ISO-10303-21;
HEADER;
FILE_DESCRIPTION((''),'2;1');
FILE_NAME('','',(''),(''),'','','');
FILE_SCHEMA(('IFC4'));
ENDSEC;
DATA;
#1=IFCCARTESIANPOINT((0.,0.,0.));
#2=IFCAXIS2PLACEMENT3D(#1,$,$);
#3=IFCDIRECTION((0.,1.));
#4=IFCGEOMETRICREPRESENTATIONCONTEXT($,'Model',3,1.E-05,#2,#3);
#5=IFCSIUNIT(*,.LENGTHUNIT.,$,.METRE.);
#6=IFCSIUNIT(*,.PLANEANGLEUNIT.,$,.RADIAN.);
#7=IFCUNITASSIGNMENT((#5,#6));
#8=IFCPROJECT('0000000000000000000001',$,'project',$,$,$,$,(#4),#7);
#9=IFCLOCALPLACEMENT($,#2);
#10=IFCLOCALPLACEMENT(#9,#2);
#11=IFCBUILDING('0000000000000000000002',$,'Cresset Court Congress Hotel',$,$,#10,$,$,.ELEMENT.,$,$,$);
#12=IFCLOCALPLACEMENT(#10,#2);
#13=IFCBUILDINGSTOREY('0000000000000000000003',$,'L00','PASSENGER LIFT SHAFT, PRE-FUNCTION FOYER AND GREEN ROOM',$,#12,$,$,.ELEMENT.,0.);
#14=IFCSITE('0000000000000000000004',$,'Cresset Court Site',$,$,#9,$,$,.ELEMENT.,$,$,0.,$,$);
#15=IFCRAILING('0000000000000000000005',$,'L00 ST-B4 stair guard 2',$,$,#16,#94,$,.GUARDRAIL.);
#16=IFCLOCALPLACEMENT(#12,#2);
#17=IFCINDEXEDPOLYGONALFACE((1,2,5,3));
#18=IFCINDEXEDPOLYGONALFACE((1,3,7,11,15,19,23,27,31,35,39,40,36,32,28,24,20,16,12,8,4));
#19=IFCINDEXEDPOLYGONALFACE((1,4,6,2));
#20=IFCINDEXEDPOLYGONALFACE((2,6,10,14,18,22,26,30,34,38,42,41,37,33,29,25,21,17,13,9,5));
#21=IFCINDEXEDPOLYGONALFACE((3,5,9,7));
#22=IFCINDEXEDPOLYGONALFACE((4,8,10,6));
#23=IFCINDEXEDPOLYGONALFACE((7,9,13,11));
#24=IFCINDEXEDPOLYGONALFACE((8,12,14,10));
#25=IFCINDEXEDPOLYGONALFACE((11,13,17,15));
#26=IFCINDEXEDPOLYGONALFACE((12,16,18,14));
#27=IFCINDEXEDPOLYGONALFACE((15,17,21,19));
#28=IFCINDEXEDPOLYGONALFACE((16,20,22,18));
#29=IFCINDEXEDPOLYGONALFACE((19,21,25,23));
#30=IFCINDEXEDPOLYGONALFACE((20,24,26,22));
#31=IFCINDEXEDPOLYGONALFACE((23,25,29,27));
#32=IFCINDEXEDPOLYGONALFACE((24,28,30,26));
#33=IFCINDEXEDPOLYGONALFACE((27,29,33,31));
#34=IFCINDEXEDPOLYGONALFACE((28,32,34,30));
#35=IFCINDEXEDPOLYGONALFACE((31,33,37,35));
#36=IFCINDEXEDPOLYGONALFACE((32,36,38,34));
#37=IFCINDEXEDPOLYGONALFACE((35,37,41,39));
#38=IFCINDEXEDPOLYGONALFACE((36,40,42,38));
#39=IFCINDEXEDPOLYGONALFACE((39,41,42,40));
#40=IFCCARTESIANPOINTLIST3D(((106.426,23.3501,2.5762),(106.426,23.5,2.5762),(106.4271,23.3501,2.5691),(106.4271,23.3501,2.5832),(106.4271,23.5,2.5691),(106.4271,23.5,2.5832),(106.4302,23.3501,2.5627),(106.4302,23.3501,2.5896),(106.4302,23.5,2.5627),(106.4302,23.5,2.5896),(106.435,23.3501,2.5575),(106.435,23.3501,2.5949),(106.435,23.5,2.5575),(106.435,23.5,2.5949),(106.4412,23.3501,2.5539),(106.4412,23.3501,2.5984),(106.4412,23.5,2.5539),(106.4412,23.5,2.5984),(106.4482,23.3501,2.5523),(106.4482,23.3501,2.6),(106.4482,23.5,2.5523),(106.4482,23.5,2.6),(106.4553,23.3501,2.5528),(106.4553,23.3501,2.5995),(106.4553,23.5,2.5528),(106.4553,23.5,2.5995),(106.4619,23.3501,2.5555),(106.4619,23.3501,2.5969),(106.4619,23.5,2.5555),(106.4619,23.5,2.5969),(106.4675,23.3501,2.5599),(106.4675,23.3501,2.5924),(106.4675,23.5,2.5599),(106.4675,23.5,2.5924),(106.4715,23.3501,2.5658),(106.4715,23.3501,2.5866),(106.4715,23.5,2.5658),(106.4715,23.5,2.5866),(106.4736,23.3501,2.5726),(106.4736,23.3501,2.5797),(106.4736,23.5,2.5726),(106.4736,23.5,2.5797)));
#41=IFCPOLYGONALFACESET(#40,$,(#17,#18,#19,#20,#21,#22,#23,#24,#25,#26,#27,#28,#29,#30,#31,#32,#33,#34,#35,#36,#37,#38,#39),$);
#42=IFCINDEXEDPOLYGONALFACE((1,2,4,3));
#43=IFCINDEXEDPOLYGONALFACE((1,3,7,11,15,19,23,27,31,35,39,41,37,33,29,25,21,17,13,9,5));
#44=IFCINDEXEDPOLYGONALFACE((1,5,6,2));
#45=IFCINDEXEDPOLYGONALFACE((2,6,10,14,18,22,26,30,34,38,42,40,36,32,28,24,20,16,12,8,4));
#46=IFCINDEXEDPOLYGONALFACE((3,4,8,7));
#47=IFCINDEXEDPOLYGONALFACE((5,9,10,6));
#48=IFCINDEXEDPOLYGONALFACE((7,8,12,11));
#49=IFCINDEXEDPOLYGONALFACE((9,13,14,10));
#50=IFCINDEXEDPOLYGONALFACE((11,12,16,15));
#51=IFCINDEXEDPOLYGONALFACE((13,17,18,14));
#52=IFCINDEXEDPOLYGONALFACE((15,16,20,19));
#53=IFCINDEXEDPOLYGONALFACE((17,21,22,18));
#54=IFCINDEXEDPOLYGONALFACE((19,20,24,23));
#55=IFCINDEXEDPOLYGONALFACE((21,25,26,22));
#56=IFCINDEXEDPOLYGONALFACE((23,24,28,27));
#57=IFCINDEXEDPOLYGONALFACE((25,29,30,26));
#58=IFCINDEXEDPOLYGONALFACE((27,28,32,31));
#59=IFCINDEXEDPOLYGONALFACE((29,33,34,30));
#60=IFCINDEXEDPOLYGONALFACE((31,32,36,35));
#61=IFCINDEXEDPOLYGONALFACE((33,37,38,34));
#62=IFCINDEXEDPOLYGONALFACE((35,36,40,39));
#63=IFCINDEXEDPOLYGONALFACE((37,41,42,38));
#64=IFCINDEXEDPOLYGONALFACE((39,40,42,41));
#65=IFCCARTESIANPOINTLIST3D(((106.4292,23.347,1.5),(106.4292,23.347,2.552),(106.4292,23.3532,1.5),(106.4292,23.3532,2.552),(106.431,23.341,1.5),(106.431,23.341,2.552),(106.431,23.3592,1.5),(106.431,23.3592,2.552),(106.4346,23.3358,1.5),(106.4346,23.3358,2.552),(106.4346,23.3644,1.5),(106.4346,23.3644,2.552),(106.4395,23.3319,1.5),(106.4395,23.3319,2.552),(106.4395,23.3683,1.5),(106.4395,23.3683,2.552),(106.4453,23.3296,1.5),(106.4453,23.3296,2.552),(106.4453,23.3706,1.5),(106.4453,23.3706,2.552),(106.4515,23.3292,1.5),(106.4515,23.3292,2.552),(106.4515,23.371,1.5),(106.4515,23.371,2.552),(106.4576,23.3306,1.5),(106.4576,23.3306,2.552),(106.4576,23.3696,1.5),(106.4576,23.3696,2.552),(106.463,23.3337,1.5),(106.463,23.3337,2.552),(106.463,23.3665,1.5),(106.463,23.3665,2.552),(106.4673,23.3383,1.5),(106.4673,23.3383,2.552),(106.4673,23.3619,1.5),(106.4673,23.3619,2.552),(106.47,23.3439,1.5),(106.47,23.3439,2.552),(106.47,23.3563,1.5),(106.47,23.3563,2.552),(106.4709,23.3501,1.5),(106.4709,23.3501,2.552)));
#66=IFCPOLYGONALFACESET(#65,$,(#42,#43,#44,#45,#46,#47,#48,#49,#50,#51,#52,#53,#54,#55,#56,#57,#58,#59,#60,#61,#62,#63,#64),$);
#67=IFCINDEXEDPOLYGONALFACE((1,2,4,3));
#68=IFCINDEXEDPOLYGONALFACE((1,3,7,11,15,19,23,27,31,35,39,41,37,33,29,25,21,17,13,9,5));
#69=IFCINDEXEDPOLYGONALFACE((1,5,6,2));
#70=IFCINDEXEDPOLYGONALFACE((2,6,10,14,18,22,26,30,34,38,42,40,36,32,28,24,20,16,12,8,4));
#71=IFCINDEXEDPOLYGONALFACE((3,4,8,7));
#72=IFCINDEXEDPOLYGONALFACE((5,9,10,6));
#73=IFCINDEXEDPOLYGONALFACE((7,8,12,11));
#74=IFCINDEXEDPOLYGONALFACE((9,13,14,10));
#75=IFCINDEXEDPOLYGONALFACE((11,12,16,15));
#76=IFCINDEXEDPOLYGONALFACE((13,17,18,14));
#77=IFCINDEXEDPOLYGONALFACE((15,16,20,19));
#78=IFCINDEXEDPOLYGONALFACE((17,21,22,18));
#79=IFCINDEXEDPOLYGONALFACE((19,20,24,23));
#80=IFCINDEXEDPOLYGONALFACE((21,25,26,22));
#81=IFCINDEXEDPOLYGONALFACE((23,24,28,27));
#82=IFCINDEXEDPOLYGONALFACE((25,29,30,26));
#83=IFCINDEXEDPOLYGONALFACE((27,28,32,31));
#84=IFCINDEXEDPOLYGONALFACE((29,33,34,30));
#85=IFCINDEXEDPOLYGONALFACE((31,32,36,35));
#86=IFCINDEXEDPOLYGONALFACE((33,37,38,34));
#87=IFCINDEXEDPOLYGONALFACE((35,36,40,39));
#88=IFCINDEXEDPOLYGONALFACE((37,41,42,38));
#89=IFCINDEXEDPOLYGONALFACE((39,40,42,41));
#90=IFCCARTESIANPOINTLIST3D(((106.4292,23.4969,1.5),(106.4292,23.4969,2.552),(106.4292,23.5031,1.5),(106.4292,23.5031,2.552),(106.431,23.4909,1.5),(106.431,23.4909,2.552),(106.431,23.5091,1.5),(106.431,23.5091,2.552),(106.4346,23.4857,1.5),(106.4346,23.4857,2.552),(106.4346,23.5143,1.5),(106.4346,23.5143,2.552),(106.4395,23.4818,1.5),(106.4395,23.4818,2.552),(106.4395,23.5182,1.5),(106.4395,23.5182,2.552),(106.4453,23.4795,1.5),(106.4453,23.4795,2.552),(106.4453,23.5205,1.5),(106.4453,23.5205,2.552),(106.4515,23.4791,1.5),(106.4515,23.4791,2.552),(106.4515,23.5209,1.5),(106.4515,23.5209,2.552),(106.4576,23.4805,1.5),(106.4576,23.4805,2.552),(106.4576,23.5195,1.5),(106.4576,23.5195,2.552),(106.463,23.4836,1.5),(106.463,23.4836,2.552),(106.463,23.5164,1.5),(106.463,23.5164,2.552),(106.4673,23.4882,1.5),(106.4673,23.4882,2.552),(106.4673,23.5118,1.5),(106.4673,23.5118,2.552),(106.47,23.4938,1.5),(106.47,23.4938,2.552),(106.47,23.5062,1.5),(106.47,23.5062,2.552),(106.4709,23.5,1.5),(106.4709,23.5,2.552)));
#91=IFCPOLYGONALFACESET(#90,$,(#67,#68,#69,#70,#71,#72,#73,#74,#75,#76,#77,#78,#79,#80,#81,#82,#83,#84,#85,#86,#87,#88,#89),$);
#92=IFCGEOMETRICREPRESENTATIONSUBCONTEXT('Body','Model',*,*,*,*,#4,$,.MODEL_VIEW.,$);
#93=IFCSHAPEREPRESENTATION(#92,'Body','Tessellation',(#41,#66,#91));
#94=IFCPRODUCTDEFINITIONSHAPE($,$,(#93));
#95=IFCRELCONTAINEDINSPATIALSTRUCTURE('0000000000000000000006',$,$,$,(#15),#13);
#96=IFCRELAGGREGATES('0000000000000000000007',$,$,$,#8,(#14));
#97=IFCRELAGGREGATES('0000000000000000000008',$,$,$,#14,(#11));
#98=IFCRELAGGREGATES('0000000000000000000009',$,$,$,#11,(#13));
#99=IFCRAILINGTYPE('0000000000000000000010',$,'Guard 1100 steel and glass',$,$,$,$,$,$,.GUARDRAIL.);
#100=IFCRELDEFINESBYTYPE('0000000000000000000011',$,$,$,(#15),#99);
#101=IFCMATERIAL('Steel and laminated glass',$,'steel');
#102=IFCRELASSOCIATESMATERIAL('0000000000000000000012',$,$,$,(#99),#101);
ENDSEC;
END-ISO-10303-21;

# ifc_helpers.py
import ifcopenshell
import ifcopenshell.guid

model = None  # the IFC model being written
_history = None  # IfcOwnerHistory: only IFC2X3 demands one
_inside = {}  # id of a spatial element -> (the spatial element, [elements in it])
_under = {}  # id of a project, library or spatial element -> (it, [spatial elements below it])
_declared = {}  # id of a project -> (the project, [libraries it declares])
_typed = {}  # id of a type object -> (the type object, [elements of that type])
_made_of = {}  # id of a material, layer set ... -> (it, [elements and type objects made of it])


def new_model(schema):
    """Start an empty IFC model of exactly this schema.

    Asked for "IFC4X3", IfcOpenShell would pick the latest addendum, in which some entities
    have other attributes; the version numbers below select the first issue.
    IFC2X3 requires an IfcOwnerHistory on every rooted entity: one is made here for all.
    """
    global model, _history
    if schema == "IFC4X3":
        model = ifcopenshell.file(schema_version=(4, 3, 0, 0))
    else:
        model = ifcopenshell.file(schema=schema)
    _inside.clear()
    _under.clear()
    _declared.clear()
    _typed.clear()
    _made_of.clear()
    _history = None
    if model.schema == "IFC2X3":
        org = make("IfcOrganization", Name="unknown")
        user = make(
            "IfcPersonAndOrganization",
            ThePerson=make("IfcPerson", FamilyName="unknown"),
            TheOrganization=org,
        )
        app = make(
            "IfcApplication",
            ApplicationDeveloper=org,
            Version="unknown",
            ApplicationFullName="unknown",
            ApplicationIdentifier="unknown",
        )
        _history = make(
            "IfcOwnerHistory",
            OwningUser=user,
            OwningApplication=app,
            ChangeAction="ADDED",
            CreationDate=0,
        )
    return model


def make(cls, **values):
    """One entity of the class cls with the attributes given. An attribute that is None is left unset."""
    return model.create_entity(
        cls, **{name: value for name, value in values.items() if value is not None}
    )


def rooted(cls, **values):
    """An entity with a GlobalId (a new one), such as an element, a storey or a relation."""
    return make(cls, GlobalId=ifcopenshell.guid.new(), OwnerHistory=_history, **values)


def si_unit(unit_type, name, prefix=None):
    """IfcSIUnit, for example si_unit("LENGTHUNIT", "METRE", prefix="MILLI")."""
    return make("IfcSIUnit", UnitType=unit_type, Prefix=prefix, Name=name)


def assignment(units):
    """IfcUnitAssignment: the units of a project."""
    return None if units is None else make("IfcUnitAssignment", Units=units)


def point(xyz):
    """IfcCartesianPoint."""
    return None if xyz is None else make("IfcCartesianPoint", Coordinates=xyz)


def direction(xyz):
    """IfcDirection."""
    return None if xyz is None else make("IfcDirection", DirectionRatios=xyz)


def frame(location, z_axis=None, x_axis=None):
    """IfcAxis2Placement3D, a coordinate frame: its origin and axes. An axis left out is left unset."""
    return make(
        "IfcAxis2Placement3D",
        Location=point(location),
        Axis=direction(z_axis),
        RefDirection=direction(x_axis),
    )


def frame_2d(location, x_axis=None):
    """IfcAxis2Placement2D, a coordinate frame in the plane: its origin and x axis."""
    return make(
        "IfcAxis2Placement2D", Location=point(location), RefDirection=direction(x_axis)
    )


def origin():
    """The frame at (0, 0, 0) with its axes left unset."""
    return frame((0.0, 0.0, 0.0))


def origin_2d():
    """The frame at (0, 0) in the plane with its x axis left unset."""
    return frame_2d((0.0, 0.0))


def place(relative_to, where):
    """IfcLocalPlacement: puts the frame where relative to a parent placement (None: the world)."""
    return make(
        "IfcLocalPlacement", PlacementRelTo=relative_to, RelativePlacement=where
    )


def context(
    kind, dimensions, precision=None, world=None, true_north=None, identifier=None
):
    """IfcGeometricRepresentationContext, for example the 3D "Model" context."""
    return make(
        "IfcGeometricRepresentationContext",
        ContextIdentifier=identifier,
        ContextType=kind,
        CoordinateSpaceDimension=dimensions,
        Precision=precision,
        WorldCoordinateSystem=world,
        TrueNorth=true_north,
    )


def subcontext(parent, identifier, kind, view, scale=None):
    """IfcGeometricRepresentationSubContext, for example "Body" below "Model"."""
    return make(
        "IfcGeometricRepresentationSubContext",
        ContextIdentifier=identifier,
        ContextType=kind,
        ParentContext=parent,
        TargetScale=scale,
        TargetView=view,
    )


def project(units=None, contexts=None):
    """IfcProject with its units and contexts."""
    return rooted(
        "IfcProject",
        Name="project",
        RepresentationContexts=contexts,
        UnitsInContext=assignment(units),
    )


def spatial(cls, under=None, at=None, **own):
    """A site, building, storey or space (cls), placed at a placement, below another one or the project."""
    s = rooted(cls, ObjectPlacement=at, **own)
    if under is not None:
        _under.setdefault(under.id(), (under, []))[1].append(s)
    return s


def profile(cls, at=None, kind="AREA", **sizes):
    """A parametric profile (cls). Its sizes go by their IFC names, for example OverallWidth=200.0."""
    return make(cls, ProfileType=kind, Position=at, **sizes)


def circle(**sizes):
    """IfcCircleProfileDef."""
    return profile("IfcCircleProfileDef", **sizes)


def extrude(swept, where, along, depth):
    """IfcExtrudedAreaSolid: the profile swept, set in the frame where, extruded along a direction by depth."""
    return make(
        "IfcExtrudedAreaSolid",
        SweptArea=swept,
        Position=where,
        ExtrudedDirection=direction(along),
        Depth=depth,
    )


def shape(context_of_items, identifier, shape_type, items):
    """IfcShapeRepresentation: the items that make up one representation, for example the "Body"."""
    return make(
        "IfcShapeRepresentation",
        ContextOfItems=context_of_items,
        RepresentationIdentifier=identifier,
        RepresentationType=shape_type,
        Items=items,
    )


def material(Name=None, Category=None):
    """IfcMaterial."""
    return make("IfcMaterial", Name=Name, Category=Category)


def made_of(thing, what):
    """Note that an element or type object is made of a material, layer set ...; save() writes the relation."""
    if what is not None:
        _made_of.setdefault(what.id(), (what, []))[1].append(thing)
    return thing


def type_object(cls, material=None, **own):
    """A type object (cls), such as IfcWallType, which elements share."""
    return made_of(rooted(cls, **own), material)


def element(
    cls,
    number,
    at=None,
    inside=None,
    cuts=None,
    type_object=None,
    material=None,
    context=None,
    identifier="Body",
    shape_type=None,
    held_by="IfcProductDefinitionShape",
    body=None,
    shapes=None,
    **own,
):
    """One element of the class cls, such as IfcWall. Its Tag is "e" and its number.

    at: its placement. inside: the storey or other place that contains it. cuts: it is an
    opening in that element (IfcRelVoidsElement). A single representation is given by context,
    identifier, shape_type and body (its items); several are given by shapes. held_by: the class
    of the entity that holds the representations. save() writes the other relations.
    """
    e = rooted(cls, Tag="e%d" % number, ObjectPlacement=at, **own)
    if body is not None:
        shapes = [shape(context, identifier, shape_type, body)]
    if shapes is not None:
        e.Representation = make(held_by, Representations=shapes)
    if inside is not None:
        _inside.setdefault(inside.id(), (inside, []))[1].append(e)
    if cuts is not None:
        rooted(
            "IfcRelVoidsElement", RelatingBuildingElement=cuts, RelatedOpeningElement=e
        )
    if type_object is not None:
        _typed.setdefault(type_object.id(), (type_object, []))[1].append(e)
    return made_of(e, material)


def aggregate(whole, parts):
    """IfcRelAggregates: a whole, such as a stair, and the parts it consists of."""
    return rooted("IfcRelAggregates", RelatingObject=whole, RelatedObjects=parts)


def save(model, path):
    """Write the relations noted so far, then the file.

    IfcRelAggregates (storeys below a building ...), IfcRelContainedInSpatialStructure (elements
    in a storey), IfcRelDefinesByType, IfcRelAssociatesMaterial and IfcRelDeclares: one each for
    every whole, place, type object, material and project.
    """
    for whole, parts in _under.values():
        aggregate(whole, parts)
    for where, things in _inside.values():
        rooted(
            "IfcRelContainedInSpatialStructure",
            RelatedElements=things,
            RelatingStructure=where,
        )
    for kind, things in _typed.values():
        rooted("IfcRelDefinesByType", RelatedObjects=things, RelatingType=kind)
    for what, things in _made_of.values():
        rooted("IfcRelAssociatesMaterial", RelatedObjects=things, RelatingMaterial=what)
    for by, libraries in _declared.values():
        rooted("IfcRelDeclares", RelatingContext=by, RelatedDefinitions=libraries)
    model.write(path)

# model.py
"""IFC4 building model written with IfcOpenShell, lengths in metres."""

from ifc_helpers import new_model, si_unit, direction, frame, origin, origin_2d, place, context, subcontext, project, spatial, circle, extrude, material, type_object, element, save


model = new_model("IFC4")

# Units and contexts
model_context = context("Model", 3, precision=1e-05, world=origin(), true_north=direction((0.0, 1.0)))
body_context = subcontext(model_context, "Body", "Model", "MODEL_VIEW")
ifc_project = project(units=[si_unit("LENGTHUNIT", "METRE"), si_unit("PLANEANGLEUNIT", "RADIAN")], contexts=[model_context])

# Site, building, storey
site_placement = place(None, origin())
site = spatial("IfcSite", under=ifc_project, at=site_placement, Name="Cresset Court Site", CompositionType="ELEMENT", RefElevation=0.0)
building_placement = place(site_placement, origin())
building = spatial("IfcBuilding", under=site, at=building_placement, Name="Cresset Court Congress Hotel", CompositionType="ELEMENT")
storey_placement = place(building_placement, origin())
storey = spatial("IfcBuildingStorey", under=building, at=storey_placement, Name="L00", Description="PASSENGER LIFT SHAFT, PRE-FUNCTION FOYER AND GREEN ROOM", CompositionType="ELEMENT", Elevation=0.0)

# Railing
ifc_material_1 = material(Name="Steel and laminated glass", Category="steel")
railing_type_1 = type_object("IfcRailingType", Name="Guard 1100 steel and glass", PredefinedType="GUARDRAIL", material=ifc_material_1)
railing_1_placement = place(storey_placement, frame((106.45, 23.3501, 1.5)))
element("IfcRailing", 1, at=railing_1_placement, inside=storey, type_object=railing_type_1, Name="L00 ST-B4 stair guard 2", PredefinedType="GUARDRAIL", context=body_context, shape_type="SweptSolid", body=[
    extrude(circle(Radius=0.0239, at=origin_2d()), frame((0.0, 0.0, 1.0762), z_axis=(0.0, 1.0, 0.0), x_axis=(-1.0, 0.0, 0.0)), (0.0, 0.0, 1.0), 0.1499),
    extrude(circle(Radius=0.021, at=origin_2d()), origin(), (0.0, 0.0, 1.0), 1.052),
    extrude(circle(Radius=0.021, at=origin_2d()), frame((0.0, 0.1499, 0.0)), (0.0, 0.0, 1.0), 1.052),
])

save(model, "model.ifc")
